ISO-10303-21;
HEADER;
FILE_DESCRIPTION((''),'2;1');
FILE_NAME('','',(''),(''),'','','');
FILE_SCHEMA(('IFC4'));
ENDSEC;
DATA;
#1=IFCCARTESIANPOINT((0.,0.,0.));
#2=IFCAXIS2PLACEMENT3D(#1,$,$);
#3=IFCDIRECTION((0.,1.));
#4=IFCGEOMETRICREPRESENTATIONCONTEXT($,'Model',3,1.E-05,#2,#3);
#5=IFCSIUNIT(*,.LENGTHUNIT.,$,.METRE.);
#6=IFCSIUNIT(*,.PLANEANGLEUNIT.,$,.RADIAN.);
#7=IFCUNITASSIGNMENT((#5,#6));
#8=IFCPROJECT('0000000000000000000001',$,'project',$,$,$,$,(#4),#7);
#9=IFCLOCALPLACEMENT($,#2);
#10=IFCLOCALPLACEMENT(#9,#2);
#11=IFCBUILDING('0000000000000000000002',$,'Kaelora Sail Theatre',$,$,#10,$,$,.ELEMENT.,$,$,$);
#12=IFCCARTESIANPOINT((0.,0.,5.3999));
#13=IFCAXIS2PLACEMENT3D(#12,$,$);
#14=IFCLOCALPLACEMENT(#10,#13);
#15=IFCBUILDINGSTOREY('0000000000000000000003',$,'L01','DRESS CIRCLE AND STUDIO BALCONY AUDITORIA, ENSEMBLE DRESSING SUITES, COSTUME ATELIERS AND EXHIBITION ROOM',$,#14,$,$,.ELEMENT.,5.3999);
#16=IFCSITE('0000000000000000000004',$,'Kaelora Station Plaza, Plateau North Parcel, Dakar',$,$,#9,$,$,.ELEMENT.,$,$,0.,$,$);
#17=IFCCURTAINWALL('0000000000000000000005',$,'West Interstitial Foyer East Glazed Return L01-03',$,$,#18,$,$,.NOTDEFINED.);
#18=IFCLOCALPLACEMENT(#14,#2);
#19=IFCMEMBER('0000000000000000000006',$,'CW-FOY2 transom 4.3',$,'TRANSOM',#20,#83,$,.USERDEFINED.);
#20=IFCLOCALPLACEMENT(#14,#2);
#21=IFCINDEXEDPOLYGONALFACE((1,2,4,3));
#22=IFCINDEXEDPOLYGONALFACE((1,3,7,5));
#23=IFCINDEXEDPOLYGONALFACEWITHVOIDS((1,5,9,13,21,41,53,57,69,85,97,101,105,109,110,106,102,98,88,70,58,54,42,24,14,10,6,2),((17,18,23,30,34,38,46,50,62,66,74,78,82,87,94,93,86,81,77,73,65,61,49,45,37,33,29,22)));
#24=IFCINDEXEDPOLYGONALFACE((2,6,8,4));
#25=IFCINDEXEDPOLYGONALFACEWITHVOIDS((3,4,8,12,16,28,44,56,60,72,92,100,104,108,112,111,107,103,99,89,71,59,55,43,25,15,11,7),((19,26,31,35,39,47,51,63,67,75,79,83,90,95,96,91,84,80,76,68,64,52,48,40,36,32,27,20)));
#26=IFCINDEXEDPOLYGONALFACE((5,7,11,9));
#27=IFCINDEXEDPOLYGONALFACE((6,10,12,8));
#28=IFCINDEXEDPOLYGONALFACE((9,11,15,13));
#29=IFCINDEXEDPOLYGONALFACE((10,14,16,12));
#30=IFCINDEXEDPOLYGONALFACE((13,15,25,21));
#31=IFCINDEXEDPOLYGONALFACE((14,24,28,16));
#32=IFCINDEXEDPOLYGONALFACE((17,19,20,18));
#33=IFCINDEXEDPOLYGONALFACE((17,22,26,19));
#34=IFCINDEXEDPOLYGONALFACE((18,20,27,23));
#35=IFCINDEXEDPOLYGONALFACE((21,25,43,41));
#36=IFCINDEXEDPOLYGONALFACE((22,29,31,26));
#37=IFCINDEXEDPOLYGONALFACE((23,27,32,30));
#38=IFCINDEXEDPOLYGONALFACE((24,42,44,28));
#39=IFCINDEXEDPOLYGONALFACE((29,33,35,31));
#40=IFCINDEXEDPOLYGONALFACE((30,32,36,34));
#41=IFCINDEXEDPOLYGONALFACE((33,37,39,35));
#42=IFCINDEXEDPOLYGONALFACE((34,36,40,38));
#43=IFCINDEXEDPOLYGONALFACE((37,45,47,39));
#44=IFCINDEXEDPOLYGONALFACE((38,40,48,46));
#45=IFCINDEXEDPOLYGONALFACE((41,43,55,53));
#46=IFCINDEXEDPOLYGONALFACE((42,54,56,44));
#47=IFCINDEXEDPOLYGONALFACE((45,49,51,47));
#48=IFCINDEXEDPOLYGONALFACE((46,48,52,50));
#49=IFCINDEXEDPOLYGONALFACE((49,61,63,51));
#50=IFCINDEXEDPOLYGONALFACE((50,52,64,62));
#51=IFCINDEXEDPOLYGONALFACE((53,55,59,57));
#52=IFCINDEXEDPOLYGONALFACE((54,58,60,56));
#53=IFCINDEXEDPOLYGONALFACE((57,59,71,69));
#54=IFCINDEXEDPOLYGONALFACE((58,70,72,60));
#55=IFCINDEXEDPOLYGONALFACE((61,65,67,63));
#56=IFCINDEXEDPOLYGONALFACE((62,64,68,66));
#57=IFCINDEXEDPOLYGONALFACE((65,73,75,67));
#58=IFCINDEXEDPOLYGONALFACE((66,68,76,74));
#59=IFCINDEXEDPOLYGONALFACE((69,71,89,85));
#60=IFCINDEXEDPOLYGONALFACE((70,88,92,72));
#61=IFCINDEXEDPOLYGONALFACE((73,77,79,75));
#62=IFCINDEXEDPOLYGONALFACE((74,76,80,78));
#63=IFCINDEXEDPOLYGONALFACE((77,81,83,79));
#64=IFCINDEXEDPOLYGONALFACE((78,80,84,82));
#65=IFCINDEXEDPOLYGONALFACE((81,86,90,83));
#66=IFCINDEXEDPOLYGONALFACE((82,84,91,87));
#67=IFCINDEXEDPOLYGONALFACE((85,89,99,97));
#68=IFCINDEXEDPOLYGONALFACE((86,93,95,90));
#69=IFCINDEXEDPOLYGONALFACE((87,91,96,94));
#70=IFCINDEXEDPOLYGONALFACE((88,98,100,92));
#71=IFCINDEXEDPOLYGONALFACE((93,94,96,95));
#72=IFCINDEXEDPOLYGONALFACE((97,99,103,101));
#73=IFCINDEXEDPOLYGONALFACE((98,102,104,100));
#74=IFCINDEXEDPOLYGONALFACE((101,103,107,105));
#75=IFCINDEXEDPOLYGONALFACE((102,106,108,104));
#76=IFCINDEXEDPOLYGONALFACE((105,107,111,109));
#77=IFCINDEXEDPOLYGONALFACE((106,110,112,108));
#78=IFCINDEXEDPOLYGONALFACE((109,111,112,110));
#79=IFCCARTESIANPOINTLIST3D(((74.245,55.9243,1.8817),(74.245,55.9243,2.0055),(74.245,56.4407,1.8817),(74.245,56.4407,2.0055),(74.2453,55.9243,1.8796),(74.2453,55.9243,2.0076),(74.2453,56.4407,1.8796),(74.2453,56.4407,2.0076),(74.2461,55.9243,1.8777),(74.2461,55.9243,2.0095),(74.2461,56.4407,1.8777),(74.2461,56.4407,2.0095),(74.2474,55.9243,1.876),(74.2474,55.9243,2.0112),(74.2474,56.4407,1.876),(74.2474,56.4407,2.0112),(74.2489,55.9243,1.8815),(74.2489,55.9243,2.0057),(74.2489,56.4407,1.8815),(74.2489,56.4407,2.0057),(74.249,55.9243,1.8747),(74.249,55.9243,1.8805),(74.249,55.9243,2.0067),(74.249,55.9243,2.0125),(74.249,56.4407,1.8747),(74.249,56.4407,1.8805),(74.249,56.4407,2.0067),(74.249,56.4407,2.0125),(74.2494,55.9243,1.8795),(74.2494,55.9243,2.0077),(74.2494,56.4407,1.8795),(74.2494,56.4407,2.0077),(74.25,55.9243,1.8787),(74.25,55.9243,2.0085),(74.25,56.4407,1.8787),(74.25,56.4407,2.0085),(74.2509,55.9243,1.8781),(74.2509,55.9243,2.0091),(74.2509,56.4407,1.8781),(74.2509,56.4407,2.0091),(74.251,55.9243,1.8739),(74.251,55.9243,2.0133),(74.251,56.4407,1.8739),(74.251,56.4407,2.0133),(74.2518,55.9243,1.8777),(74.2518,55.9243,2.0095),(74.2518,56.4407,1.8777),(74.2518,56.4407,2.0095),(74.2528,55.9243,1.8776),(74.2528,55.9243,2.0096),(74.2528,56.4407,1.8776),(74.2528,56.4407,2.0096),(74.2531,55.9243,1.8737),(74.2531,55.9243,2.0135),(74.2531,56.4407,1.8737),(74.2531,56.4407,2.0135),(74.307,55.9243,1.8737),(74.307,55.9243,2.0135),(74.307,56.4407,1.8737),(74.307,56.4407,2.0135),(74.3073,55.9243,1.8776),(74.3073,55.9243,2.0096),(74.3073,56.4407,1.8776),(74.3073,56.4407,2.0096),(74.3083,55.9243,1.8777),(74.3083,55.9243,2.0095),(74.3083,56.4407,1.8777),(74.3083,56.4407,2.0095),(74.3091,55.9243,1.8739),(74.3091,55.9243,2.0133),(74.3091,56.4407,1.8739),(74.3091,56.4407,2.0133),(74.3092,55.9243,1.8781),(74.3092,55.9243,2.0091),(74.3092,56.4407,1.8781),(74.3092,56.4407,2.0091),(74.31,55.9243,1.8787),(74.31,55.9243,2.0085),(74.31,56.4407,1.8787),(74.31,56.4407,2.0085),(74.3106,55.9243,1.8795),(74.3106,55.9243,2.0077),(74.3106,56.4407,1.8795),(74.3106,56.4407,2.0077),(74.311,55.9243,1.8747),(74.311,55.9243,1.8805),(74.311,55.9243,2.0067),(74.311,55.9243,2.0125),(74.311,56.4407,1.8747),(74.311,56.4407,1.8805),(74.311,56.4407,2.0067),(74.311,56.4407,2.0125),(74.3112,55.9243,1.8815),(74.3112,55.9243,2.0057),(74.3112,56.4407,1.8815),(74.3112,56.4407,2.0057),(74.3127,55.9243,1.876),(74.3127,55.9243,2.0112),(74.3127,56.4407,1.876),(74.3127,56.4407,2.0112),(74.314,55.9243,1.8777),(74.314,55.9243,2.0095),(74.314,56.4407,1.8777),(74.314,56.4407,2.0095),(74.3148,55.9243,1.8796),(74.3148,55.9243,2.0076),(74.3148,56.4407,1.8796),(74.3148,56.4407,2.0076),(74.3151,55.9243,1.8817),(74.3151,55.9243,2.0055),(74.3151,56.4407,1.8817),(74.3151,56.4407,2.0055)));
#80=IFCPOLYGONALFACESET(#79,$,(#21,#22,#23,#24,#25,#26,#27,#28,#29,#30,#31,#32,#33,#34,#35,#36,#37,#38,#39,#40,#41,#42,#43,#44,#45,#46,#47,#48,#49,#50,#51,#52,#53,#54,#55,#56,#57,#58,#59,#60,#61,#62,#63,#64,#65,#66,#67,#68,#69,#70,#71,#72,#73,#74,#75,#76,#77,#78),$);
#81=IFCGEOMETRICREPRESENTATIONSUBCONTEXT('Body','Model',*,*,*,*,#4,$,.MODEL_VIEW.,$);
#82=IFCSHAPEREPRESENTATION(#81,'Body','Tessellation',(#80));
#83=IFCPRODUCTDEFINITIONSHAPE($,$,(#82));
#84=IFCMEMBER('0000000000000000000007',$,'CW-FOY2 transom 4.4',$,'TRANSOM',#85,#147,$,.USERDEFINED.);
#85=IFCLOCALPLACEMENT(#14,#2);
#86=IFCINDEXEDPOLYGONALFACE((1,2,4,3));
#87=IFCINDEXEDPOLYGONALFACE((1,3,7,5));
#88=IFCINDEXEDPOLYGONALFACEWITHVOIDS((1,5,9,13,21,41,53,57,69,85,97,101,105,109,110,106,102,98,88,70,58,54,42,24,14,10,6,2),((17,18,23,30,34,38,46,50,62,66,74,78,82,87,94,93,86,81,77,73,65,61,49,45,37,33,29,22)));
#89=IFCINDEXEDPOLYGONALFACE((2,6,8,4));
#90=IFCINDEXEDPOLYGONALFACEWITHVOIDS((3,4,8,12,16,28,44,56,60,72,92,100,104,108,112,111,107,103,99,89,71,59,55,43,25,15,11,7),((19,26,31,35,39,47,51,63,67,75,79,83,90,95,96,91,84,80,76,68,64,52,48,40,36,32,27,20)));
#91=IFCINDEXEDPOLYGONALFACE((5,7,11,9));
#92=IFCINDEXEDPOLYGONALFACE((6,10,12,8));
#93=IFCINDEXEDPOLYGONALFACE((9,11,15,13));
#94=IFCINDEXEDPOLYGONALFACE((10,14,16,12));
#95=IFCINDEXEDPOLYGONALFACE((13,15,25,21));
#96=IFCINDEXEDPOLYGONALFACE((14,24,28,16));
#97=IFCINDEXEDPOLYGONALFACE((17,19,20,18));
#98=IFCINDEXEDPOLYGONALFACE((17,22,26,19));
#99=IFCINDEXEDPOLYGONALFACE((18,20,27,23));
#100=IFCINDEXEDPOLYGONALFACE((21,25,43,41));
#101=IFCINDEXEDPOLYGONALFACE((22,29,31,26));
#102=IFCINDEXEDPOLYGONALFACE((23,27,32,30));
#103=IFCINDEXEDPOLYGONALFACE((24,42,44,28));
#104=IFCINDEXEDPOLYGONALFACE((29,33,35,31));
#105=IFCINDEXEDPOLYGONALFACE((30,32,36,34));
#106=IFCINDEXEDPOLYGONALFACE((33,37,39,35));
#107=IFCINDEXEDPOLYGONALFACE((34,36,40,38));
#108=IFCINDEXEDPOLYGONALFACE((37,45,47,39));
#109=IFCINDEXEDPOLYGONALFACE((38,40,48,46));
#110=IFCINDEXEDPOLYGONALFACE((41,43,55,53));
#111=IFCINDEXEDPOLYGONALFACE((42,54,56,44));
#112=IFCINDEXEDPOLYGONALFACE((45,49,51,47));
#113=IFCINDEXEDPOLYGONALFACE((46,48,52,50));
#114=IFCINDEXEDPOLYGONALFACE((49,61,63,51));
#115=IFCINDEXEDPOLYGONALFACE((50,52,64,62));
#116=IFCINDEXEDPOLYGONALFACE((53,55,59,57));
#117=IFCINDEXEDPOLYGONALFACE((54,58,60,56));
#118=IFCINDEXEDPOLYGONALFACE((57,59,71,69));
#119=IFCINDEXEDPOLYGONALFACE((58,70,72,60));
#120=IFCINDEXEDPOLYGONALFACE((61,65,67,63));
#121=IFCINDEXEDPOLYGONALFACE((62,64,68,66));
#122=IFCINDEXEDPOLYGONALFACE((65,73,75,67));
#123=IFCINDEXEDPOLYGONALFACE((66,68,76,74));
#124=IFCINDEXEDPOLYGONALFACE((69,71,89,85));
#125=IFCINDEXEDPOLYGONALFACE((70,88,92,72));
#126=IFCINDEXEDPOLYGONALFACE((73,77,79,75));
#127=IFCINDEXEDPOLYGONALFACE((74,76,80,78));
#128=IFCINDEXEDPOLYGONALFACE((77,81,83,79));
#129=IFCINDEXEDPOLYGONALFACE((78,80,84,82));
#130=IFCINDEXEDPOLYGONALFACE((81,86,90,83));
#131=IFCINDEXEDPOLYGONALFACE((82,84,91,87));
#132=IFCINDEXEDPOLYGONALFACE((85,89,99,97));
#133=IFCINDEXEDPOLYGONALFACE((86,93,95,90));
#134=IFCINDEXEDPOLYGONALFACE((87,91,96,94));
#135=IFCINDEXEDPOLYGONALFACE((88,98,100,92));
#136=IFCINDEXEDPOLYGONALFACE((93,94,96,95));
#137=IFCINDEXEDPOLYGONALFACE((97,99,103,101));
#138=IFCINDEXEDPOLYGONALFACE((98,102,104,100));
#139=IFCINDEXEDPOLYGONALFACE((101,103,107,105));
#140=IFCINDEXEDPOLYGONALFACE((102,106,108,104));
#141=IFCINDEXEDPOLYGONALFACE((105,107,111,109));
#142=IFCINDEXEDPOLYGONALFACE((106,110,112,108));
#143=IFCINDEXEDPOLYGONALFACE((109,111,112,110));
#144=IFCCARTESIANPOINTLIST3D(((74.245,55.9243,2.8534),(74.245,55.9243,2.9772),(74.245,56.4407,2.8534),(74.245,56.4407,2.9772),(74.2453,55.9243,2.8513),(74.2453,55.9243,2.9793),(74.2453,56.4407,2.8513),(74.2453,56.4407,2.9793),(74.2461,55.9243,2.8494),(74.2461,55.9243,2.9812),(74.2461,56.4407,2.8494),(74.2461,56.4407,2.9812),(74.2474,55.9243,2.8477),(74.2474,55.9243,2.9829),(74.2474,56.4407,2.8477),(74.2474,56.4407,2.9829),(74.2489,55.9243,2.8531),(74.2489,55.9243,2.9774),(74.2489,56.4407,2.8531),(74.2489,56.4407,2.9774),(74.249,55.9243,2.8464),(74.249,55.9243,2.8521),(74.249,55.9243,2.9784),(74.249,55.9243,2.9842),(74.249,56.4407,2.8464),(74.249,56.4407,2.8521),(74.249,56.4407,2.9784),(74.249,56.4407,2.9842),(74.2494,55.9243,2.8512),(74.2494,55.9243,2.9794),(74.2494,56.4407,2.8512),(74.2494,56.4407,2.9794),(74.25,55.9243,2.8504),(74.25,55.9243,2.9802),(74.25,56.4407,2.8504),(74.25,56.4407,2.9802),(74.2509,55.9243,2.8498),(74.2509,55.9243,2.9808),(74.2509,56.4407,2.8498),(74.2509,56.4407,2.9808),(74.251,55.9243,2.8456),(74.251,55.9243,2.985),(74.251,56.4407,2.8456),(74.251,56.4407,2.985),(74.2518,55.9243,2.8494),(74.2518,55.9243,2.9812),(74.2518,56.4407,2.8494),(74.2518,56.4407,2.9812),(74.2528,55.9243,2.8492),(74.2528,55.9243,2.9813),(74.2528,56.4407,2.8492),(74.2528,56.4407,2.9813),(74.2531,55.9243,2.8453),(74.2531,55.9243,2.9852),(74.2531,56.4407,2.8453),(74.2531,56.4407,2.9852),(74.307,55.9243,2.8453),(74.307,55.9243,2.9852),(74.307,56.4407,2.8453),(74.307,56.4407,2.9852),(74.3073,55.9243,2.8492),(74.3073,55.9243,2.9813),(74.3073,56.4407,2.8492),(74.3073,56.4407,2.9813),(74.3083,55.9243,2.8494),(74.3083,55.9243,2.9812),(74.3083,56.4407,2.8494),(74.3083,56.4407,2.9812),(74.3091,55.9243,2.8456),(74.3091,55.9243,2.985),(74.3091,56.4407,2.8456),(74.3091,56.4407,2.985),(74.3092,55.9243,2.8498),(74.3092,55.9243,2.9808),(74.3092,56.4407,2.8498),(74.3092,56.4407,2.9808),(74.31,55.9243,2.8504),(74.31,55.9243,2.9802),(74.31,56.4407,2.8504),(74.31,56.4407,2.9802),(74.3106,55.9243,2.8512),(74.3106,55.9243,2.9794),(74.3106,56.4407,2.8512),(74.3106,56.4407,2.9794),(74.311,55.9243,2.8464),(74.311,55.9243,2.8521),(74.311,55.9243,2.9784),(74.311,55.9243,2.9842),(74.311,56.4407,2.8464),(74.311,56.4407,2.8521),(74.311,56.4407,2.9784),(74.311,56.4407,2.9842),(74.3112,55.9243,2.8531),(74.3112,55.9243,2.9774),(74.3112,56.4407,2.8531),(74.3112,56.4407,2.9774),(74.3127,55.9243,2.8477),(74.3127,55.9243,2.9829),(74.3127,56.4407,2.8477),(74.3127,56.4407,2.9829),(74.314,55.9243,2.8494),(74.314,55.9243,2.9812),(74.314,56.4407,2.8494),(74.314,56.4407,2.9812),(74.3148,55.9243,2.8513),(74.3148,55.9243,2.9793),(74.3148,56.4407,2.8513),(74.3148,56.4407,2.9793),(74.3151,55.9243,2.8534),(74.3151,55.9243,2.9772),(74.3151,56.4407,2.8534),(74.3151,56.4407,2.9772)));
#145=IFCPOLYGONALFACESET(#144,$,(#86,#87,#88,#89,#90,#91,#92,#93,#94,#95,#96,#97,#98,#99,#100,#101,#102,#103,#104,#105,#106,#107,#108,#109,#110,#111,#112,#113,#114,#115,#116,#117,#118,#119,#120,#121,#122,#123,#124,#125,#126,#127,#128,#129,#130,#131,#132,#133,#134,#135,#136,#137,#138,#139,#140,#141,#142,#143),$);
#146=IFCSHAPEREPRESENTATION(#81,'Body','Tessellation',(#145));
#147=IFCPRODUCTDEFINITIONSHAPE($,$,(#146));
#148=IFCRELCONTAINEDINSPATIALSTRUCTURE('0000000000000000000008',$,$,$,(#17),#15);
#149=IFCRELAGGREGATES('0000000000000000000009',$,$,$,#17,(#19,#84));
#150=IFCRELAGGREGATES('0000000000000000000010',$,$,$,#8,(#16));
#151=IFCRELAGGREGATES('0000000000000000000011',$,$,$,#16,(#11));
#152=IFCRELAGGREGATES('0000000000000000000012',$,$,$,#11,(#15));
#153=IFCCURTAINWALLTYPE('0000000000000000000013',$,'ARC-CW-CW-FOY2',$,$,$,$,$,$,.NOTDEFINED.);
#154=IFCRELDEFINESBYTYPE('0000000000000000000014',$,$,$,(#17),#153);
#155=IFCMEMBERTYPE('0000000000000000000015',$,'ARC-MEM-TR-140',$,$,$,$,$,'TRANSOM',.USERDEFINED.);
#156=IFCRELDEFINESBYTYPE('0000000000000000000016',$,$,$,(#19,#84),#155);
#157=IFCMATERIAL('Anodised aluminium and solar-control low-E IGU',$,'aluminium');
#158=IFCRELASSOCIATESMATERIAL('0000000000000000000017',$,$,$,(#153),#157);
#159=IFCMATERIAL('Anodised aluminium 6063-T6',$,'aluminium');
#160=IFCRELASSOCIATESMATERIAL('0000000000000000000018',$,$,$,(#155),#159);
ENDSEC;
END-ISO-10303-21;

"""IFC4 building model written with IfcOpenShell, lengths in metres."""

from ifc_helpers import new_model, si_unit, direction, frame, origin, origin_2d, place, context, subcontext, project, spatial, hollow_rectangle, extrude, material, material_profile, profile_set, type_object, element, aggregate, save


model = new_model("IFC4")

# Units and contexts
model_context = context("Model", 3, precision=1e-05, world=origin(), true_north=direction((0.0, 1.0)))
body_context = subcontext(model_context, "Body", "Model", "MODEL_VIEW")
ifc_project = project(units=[si_unit("LENGTHUNIT", "METRE"), si_unit("PLANEANGLEUNIT", "RADIAN")], contexts=[model_context])

# Site, building, storey
site_placement = place(None, origin())
site = spatial("IfcSite", under=ifc_project, at=site_placement, Name="Kaelora Station Plaza, Plateau North Parcel, Dakar", CompositionType="ELEMENT", RefElevation=0.0)
building_placement = place(site_placement, origin())
building = spatial("IfcBuilding", under=site, at=building_placement, Name="Kaelora Sail Theatre", CompositionType="ELEMENT")
storey_placement = place(building_placement, frame((0.0, 0.0, 5.3999)))
storey = spatial("IfcBuildingStorey", under=building, at=storey_placement, Name="L01", Description="DRESS CIRCLE AND STUDIO BALCONY AUDITORIA, ENSEMBLE DRESSING SUITES, COSTUME ATELIERS AND EXHIBITION ROOM", CompositionType="ELEMENT", Elevation=5.3999)

# Curtain wall, members
ifc_material_1 = material(Name="Anodised aluminium and solar-control low-E IGU", Category="aluminium")
curtain_wall_type = type_object("IfcCurtainWallType", Name="ARC-CW-CW-FOY2", PredefinedType="NOTDEFINED", material=ifc_material_1)
curtain_wall_placement = place(storey_placement, origin())
curtain_wall = element("IfcCurtainWall", 1, at=curtain_wall_placement, inside=storey, type_object=curtain_wall_type, Name="West Interstitial Foyer East Glazed Return L01-03", PredefinedType="NOTDEFINED")
ifc_material_2 = material(Name="Anodised aluminium 6063-T6", Category="aluminium")
ifc_material_profile_1 = material_profile(ifc_material_2, hollow_rectangle(XDim=0.0701, YDim=0.1399, WallThickness=0.0039, InnerFilletRadius=0.0039, OuterFilletRadius=0.0081, at=origin_2d()), Name="ALU-TRAN 70x140x4")
ifc_profile_set_1 = profile_set([ifc_material_profile_1], Name="Anodised aluminium 6063-T6")
member_type_1 = type_object("IfcMemberType", Name="ARC-MEM-TR-140", ElementType="TRANSOM", PredefinedType="USERDEFINED", material=ifc_profile_set_1)
member_1_placement = place(storey_placement, frame((74.28, 55.9243, 1.9436), z_axis=(0.0, 1.0, 0.0), x_axis=(-1.0, 0.0, 0.0)))
member_1 = element("IfcMember", 2, at=member_1_placement, type_object=member_type_1, Name="CW-FOY2 transom 4.3", ObjectType="TRANSOM", PredefinedType="USERDEFINED", context=body_context, shape_type="SweptSolid", body=[
    extrude(hollow_rectangle(XDim=0.0701, YDim=0.1399, WallThickness=0.0039, InnerFilletRadius=0.0039, OuterFilletRadius=0.0081, at=origin_2d()), origin(), (0.0, 0.0, 1.0), 0.5164),
])
member_2_placement = place(storey_placement, frame((74.28, 55.9243, 2.9153), z_axis=(0.0, 1.0, 0.0), x_axis=(-1.0, 0.0, 0.0)))
member_2 = element("IfcMember", 3, at=member_2_placement, type_object=member_type_1, Name="CW-FOY2 transom 4.4", ObjectType="TRANSOM", PredefinedType="USERDEFINED", context=body_context, shape_type="SweptSolid", body=[
    extrude(hollow_rectangle(XDim=0.0701, YDim=0.1399, WallThickness=0.0039, InnerFilletRadius=0.0039, OuterFilletRadius=0.0081, at=origin_2d()), origin(), (0.0, 0.0, 1.0), 0.5164),
])
aggregate(curtain_wall, [member_1, member_2])

save(model, "model.ifc")
